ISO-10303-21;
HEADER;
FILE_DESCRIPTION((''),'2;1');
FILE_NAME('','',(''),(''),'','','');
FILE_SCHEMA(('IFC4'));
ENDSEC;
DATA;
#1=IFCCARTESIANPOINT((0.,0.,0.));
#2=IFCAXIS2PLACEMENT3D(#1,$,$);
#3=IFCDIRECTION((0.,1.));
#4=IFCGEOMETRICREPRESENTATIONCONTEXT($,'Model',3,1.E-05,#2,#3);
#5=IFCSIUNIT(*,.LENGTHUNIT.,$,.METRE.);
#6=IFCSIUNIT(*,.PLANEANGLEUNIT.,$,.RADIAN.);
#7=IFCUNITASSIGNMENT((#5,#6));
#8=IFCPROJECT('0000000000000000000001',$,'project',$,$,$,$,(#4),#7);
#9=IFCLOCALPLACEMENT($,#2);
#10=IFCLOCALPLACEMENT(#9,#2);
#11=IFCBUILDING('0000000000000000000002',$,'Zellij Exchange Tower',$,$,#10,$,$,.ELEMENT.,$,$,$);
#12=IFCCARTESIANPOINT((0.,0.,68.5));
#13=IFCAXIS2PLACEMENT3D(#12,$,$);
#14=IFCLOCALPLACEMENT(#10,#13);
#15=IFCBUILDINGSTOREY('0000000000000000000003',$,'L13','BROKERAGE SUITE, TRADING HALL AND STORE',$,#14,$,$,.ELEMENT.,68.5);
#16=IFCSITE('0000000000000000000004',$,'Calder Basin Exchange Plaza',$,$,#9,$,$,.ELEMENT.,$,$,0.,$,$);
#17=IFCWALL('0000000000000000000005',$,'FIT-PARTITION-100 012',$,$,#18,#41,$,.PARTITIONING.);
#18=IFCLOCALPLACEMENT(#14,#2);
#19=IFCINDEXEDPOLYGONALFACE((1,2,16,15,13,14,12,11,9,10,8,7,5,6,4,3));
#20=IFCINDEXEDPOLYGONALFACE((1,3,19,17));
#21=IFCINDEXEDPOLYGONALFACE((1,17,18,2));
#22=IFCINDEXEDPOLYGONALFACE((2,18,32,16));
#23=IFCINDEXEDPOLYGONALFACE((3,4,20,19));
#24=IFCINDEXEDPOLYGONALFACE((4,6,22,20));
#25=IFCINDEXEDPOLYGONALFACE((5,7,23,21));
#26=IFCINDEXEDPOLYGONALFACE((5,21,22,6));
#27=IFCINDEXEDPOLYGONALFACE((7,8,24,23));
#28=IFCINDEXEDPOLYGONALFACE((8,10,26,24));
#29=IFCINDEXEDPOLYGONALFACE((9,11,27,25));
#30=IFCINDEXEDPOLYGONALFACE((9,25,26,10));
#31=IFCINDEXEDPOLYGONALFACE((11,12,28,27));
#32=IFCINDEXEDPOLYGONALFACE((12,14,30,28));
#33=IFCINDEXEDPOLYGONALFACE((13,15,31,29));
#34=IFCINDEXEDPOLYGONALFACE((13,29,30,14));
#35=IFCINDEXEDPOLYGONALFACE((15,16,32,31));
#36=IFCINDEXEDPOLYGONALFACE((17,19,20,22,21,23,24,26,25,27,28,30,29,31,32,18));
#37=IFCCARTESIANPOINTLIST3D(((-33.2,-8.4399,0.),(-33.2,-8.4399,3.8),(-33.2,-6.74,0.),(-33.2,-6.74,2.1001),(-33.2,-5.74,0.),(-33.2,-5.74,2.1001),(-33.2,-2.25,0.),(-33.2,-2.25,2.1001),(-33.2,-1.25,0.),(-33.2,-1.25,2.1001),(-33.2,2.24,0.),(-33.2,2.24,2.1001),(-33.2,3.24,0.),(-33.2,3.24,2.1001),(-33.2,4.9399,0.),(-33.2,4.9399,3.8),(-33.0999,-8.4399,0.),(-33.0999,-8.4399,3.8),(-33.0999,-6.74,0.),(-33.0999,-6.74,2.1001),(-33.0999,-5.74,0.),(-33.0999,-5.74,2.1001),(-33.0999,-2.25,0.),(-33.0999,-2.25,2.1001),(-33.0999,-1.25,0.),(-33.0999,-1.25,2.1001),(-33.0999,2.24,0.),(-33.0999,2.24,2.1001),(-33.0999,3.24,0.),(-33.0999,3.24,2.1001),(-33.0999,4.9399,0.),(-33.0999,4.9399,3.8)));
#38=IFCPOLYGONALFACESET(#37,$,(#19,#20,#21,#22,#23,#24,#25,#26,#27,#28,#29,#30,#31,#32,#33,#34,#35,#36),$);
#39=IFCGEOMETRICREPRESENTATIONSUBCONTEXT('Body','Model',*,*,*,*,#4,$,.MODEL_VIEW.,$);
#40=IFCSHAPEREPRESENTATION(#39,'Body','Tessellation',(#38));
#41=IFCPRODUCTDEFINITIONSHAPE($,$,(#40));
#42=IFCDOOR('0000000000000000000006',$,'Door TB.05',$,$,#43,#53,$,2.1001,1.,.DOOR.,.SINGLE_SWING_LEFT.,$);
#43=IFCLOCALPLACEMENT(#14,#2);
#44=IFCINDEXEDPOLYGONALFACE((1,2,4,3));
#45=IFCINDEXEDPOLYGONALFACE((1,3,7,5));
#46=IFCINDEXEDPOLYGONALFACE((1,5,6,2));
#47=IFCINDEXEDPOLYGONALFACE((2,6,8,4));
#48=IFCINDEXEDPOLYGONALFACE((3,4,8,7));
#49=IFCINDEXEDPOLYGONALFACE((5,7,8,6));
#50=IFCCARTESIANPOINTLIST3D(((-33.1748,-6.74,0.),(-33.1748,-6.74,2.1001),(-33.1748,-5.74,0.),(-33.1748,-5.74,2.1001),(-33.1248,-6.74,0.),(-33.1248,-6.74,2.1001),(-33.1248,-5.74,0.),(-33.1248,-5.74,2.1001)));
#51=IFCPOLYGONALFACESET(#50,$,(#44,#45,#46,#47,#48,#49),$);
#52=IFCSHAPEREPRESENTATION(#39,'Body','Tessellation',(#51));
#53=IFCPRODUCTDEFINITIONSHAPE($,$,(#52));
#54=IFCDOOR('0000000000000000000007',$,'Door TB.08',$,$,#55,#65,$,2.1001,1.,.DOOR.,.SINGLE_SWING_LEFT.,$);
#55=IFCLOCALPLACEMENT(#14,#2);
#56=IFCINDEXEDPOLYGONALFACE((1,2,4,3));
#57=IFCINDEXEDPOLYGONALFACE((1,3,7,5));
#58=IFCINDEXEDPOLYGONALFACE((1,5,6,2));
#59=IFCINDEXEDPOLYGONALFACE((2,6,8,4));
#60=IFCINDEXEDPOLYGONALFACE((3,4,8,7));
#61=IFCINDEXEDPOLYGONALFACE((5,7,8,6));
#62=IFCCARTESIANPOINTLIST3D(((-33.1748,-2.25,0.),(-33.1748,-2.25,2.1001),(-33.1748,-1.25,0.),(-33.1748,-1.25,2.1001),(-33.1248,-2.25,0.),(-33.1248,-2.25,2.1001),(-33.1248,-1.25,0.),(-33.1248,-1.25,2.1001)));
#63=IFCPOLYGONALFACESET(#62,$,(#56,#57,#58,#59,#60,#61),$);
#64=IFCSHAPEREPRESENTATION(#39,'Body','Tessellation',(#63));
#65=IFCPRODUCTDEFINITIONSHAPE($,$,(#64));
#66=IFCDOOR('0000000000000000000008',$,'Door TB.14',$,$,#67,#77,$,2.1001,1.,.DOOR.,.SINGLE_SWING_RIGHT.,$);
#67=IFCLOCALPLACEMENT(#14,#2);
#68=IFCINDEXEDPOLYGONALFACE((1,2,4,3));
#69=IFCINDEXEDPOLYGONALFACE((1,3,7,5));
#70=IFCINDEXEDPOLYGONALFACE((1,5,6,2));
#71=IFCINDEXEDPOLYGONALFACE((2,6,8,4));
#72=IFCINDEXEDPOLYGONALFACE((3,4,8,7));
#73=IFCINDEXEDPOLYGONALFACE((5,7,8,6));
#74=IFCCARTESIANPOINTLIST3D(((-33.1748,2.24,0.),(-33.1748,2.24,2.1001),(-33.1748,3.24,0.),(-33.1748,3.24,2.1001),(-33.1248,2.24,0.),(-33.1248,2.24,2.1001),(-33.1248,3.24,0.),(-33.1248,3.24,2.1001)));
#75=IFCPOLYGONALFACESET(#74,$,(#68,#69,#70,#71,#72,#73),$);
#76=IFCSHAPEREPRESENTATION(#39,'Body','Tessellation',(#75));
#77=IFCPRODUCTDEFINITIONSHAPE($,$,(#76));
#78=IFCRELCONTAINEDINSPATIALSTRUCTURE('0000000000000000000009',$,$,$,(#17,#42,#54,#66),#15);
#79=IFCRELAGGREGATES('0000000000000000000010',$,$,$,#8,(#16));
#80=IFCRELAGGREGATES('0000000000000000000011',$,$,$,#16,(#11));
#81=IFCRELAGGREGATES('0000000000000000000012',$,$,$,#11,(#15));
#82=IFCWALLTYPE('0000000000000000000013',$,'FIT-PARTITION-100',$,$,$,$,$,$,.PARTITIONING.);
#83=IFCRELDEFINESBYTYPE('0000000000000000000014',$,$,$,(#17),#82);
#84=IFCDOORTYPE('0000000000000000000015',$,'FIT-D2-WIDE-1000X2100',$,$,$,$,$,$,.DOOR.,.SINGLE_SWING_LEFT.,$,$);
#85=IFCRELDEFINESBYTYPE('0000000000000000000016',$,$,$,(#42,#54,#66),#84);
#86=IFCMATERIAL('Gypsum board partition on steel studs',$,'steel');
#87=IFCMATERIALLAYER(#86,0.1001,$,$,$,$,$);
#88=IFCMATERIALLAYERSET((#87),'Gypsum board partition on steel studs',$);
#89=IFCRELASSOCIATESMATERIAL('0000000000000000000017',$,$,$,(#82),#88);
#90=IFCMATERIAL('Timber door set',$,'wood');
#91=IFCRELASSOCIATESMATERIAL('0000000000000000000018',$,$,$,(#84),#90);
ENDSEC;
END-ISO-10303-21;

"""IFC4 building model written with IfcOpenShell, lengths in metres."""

from ifc_helpers import new_model, si_unit, direction, frame, frame_2d, origin, place, context, subcontext, project, spatial, rectangle, extrude, material, layer, layer_set, type_object, element, fill, save


model = new_model("IFC4")

# Units and contexts
model_context = context("Model", 3, precision=1e-05, world=origin(), true_north=direction((0.0, 1.0)))
body_context = subcontext(model_context, "Body", "Model", "MODEL_VIEW")
ifc_project = project(units=[si_unit("LENGTHUNIT", "METRE"), si_unit("PLANEANGLEUNIT", "RADIAN")], contexts=[model_context])

# Site, building, storey
site_placement = place(None, origin())
site = spatial("IfcSite", under=ifc_project, at=site_placement, Name="Calder Basin Exchange Plaza", CompositionType="ELEMENT", RefElevation=0.0)
building_placement = place(site_placement, origin())
building = spatial("IfcBuilding", under=site, at=building_placement, Name="Zellij Exchange Tower", CompositionType="ELEMENT")
storey_placement = place(building_placement, frame((0.0, 0.0, 68.5)))
storey = spatial("IfcBuildingStorey", under=building, at=storey_placement, Name="L13", Description="BROKERAGE SUITE, TRADING HALL AND STORE", CompositionType="ELEMENT", Elevation=68.5)

# Shared definitions
ifc_material_1 = material(Name="Gypsum board partition on steel studs", Category="steel")
ifc_layer_1 = layer(ifc_material_1, 0.1001)
ifc_layer_set_1 = layer_set([ifc_layer_1], Name="Gypsum board partition on steel studs")
wall_type = type_object("IfcWallType", Name="FIT-PARTITION-100", PredefinedType="PARTITIONING", material=ifc_layer_set_1)

# Wall, openings, doors
wall_1_placement = place(storey_placement, frame((-33.1499, -8.4399, 0.0), z_axis=(0.0, 0.0, 1.0), x_axis=(0.0, 1.0, 0.0)))
wall_1 = element("IfcWall", 1, at=wall_1_placement, inside=storey, type_object=wall_type, Name="FIT-PARTITION-100 012", PredefinedType="PARTITIONING", context=body_context, shape_type="SweptSolid", body=[
    extrude(rectangle(XDim=13.3799, YDim=0.1001, at=frame_2d((6.6899, 0.0))), origin(), (0.0, 0.0, 1.0), 3.8),
])
opening_1_placement = place(wall_1_placement, frame((1.7, 0.0, 0.0)))
opening_1 = element("IfcOpeningElement", 2, at=opening_1_placement, cuts=wall_1, PredefinedType="OPENING", context=body_context, shape_type="SweptSolid", body=[
    extrude(rectangle(XDim=1.0, YDim=2.1001, at=frame_2d((0.5, 1.05))), frame((0.0, 0.062, 0.0), z_axis=(0.0, -1.0, 0.0), x_axis=(1.0, 0.0, 0.0)), (0.0, 0.0, 1.0), 0.124),
])
opening_2_placement = place(wall_1_placement, frame((6.1899, 0.0, 0.0)))
opening_2 = element("IfcOpeningElement", 3, at=opening_2_placement, cuts=wall_1, PredefinedType="OPENING", context=body_context, shape_type="SweptSolid", body=[
    extrude(rectangle(XDim=1.0, YDim=2.1001, at=frame_2d((0.5, 1.05))), frame((0.0, 0.062, 0.0), z_axis=(0.0, -1.0, 0.0), x_axis=(1.0, 0.0, 0.0)), (0.0, 0.0, 1.0), 0.124),
])
opening_3_placement = place(wall_1_placement, frame((10.6799, 0.0, 0.0)))
opening_3 = element("IfcOpeningElement", 4, at=opening_3_placement, cuts=wall_1, PredefinedType="OPENING", context=body_context, shape_type="SweptSolid", body=[
    extrude(rectangle(XDim=1.0, YDim=2.1001, at=frame_2d((0.5, 1.05))), frame((0.0, 0.062, 0.0), z_axis=(0.0, -1.0, 0.0), x_axis=(1.0, 0.0, 0.0)), (0.0, 0.0, 1.0), 0.124),
])
ifc_material_2 = material(Name="Timber door set", Category="wood")
door_type = type_object("IfcDoorType", Name="FIT-D2-WIDE-1000X2100", OperationType="SINGLE_SWING_LEFT", PredefinedType="DOOR", material=ifc_material_2)
door_1_placement = place(opening_1_placement, origin())
door_1 = element("IfcDoor", 5, at=door_1_placement, inside=storey, type_object=door_type, Name="Door TB.05", OperationType="SINGLE_SWING_LEFT", OverallHeight=2.1001, OverallWidth=1.0, PredefinedType="DOOR", context=body_context, shape_type="SweptSolid", body=[
    extrude(rectangle(XDim=1.0, YDim=2.1001, at=frame_2d((0.5, 1.05))), frame((0.0, 0.0249, 0.0), z_axis=(0.0, -1.0, 0.0), x_axis=(1.0, 0.0, 0.0)), (0.0, 0.0, 1.0), 0.05),
])
fill(opening_1, door_1)
door_2_placement = place(opening_2_placement, origin())
door_2 = element("IfcDoor", 6, at=door_2_placement, inside=storey, type_object=door_type, Name="Door TB.08", OperationType="SINGLE_SWING_LEFT", OverallHeight=2.1001, OverallWidth=1.0, PredefinedType="DOOR", context=body_context, shape_type="SweptSolid", body=[
    extrude(rectangle(XDim=1.0, YDim=2.1001, at=frame_2d((0.5, 1.05))), frame((0.0, 0.0249, 0.0), z_axis=(0.0, -1.0, 0.0), x_axis=(1.0, 0.0, 0.0)), (0.0, 0.0, 1.0), 0.05),
])
fill(opening_2, door_2)
door_3_placement = place(opening_3_placement, origin())
door_3 = element("IfcDoor", 7, at=door_3_placement, inside=storey, type_object=door_type, Name="Door TB.14", OperationType="SINGLE_SWING_RIGHT", OverallHeight=2.1001, OverallWidth=1.0, PredefinedType="DOOR", context=body_context, shape_type="SweptSolid", body=[
    extrude(rectangle(XDim=1.0, YDim=2.1001, at=frame_2d((0.5, 1.05))), frame((0.0, 0.0249, 0.0), z_axis=(0.0, -1.0, 0.0), x_axis=(1.0, 0.0, 0.0)), (0.0, 0.0, 1.0), 0.05),
])
fill(opening_3, door_3)

save(model, "model.ifc")
